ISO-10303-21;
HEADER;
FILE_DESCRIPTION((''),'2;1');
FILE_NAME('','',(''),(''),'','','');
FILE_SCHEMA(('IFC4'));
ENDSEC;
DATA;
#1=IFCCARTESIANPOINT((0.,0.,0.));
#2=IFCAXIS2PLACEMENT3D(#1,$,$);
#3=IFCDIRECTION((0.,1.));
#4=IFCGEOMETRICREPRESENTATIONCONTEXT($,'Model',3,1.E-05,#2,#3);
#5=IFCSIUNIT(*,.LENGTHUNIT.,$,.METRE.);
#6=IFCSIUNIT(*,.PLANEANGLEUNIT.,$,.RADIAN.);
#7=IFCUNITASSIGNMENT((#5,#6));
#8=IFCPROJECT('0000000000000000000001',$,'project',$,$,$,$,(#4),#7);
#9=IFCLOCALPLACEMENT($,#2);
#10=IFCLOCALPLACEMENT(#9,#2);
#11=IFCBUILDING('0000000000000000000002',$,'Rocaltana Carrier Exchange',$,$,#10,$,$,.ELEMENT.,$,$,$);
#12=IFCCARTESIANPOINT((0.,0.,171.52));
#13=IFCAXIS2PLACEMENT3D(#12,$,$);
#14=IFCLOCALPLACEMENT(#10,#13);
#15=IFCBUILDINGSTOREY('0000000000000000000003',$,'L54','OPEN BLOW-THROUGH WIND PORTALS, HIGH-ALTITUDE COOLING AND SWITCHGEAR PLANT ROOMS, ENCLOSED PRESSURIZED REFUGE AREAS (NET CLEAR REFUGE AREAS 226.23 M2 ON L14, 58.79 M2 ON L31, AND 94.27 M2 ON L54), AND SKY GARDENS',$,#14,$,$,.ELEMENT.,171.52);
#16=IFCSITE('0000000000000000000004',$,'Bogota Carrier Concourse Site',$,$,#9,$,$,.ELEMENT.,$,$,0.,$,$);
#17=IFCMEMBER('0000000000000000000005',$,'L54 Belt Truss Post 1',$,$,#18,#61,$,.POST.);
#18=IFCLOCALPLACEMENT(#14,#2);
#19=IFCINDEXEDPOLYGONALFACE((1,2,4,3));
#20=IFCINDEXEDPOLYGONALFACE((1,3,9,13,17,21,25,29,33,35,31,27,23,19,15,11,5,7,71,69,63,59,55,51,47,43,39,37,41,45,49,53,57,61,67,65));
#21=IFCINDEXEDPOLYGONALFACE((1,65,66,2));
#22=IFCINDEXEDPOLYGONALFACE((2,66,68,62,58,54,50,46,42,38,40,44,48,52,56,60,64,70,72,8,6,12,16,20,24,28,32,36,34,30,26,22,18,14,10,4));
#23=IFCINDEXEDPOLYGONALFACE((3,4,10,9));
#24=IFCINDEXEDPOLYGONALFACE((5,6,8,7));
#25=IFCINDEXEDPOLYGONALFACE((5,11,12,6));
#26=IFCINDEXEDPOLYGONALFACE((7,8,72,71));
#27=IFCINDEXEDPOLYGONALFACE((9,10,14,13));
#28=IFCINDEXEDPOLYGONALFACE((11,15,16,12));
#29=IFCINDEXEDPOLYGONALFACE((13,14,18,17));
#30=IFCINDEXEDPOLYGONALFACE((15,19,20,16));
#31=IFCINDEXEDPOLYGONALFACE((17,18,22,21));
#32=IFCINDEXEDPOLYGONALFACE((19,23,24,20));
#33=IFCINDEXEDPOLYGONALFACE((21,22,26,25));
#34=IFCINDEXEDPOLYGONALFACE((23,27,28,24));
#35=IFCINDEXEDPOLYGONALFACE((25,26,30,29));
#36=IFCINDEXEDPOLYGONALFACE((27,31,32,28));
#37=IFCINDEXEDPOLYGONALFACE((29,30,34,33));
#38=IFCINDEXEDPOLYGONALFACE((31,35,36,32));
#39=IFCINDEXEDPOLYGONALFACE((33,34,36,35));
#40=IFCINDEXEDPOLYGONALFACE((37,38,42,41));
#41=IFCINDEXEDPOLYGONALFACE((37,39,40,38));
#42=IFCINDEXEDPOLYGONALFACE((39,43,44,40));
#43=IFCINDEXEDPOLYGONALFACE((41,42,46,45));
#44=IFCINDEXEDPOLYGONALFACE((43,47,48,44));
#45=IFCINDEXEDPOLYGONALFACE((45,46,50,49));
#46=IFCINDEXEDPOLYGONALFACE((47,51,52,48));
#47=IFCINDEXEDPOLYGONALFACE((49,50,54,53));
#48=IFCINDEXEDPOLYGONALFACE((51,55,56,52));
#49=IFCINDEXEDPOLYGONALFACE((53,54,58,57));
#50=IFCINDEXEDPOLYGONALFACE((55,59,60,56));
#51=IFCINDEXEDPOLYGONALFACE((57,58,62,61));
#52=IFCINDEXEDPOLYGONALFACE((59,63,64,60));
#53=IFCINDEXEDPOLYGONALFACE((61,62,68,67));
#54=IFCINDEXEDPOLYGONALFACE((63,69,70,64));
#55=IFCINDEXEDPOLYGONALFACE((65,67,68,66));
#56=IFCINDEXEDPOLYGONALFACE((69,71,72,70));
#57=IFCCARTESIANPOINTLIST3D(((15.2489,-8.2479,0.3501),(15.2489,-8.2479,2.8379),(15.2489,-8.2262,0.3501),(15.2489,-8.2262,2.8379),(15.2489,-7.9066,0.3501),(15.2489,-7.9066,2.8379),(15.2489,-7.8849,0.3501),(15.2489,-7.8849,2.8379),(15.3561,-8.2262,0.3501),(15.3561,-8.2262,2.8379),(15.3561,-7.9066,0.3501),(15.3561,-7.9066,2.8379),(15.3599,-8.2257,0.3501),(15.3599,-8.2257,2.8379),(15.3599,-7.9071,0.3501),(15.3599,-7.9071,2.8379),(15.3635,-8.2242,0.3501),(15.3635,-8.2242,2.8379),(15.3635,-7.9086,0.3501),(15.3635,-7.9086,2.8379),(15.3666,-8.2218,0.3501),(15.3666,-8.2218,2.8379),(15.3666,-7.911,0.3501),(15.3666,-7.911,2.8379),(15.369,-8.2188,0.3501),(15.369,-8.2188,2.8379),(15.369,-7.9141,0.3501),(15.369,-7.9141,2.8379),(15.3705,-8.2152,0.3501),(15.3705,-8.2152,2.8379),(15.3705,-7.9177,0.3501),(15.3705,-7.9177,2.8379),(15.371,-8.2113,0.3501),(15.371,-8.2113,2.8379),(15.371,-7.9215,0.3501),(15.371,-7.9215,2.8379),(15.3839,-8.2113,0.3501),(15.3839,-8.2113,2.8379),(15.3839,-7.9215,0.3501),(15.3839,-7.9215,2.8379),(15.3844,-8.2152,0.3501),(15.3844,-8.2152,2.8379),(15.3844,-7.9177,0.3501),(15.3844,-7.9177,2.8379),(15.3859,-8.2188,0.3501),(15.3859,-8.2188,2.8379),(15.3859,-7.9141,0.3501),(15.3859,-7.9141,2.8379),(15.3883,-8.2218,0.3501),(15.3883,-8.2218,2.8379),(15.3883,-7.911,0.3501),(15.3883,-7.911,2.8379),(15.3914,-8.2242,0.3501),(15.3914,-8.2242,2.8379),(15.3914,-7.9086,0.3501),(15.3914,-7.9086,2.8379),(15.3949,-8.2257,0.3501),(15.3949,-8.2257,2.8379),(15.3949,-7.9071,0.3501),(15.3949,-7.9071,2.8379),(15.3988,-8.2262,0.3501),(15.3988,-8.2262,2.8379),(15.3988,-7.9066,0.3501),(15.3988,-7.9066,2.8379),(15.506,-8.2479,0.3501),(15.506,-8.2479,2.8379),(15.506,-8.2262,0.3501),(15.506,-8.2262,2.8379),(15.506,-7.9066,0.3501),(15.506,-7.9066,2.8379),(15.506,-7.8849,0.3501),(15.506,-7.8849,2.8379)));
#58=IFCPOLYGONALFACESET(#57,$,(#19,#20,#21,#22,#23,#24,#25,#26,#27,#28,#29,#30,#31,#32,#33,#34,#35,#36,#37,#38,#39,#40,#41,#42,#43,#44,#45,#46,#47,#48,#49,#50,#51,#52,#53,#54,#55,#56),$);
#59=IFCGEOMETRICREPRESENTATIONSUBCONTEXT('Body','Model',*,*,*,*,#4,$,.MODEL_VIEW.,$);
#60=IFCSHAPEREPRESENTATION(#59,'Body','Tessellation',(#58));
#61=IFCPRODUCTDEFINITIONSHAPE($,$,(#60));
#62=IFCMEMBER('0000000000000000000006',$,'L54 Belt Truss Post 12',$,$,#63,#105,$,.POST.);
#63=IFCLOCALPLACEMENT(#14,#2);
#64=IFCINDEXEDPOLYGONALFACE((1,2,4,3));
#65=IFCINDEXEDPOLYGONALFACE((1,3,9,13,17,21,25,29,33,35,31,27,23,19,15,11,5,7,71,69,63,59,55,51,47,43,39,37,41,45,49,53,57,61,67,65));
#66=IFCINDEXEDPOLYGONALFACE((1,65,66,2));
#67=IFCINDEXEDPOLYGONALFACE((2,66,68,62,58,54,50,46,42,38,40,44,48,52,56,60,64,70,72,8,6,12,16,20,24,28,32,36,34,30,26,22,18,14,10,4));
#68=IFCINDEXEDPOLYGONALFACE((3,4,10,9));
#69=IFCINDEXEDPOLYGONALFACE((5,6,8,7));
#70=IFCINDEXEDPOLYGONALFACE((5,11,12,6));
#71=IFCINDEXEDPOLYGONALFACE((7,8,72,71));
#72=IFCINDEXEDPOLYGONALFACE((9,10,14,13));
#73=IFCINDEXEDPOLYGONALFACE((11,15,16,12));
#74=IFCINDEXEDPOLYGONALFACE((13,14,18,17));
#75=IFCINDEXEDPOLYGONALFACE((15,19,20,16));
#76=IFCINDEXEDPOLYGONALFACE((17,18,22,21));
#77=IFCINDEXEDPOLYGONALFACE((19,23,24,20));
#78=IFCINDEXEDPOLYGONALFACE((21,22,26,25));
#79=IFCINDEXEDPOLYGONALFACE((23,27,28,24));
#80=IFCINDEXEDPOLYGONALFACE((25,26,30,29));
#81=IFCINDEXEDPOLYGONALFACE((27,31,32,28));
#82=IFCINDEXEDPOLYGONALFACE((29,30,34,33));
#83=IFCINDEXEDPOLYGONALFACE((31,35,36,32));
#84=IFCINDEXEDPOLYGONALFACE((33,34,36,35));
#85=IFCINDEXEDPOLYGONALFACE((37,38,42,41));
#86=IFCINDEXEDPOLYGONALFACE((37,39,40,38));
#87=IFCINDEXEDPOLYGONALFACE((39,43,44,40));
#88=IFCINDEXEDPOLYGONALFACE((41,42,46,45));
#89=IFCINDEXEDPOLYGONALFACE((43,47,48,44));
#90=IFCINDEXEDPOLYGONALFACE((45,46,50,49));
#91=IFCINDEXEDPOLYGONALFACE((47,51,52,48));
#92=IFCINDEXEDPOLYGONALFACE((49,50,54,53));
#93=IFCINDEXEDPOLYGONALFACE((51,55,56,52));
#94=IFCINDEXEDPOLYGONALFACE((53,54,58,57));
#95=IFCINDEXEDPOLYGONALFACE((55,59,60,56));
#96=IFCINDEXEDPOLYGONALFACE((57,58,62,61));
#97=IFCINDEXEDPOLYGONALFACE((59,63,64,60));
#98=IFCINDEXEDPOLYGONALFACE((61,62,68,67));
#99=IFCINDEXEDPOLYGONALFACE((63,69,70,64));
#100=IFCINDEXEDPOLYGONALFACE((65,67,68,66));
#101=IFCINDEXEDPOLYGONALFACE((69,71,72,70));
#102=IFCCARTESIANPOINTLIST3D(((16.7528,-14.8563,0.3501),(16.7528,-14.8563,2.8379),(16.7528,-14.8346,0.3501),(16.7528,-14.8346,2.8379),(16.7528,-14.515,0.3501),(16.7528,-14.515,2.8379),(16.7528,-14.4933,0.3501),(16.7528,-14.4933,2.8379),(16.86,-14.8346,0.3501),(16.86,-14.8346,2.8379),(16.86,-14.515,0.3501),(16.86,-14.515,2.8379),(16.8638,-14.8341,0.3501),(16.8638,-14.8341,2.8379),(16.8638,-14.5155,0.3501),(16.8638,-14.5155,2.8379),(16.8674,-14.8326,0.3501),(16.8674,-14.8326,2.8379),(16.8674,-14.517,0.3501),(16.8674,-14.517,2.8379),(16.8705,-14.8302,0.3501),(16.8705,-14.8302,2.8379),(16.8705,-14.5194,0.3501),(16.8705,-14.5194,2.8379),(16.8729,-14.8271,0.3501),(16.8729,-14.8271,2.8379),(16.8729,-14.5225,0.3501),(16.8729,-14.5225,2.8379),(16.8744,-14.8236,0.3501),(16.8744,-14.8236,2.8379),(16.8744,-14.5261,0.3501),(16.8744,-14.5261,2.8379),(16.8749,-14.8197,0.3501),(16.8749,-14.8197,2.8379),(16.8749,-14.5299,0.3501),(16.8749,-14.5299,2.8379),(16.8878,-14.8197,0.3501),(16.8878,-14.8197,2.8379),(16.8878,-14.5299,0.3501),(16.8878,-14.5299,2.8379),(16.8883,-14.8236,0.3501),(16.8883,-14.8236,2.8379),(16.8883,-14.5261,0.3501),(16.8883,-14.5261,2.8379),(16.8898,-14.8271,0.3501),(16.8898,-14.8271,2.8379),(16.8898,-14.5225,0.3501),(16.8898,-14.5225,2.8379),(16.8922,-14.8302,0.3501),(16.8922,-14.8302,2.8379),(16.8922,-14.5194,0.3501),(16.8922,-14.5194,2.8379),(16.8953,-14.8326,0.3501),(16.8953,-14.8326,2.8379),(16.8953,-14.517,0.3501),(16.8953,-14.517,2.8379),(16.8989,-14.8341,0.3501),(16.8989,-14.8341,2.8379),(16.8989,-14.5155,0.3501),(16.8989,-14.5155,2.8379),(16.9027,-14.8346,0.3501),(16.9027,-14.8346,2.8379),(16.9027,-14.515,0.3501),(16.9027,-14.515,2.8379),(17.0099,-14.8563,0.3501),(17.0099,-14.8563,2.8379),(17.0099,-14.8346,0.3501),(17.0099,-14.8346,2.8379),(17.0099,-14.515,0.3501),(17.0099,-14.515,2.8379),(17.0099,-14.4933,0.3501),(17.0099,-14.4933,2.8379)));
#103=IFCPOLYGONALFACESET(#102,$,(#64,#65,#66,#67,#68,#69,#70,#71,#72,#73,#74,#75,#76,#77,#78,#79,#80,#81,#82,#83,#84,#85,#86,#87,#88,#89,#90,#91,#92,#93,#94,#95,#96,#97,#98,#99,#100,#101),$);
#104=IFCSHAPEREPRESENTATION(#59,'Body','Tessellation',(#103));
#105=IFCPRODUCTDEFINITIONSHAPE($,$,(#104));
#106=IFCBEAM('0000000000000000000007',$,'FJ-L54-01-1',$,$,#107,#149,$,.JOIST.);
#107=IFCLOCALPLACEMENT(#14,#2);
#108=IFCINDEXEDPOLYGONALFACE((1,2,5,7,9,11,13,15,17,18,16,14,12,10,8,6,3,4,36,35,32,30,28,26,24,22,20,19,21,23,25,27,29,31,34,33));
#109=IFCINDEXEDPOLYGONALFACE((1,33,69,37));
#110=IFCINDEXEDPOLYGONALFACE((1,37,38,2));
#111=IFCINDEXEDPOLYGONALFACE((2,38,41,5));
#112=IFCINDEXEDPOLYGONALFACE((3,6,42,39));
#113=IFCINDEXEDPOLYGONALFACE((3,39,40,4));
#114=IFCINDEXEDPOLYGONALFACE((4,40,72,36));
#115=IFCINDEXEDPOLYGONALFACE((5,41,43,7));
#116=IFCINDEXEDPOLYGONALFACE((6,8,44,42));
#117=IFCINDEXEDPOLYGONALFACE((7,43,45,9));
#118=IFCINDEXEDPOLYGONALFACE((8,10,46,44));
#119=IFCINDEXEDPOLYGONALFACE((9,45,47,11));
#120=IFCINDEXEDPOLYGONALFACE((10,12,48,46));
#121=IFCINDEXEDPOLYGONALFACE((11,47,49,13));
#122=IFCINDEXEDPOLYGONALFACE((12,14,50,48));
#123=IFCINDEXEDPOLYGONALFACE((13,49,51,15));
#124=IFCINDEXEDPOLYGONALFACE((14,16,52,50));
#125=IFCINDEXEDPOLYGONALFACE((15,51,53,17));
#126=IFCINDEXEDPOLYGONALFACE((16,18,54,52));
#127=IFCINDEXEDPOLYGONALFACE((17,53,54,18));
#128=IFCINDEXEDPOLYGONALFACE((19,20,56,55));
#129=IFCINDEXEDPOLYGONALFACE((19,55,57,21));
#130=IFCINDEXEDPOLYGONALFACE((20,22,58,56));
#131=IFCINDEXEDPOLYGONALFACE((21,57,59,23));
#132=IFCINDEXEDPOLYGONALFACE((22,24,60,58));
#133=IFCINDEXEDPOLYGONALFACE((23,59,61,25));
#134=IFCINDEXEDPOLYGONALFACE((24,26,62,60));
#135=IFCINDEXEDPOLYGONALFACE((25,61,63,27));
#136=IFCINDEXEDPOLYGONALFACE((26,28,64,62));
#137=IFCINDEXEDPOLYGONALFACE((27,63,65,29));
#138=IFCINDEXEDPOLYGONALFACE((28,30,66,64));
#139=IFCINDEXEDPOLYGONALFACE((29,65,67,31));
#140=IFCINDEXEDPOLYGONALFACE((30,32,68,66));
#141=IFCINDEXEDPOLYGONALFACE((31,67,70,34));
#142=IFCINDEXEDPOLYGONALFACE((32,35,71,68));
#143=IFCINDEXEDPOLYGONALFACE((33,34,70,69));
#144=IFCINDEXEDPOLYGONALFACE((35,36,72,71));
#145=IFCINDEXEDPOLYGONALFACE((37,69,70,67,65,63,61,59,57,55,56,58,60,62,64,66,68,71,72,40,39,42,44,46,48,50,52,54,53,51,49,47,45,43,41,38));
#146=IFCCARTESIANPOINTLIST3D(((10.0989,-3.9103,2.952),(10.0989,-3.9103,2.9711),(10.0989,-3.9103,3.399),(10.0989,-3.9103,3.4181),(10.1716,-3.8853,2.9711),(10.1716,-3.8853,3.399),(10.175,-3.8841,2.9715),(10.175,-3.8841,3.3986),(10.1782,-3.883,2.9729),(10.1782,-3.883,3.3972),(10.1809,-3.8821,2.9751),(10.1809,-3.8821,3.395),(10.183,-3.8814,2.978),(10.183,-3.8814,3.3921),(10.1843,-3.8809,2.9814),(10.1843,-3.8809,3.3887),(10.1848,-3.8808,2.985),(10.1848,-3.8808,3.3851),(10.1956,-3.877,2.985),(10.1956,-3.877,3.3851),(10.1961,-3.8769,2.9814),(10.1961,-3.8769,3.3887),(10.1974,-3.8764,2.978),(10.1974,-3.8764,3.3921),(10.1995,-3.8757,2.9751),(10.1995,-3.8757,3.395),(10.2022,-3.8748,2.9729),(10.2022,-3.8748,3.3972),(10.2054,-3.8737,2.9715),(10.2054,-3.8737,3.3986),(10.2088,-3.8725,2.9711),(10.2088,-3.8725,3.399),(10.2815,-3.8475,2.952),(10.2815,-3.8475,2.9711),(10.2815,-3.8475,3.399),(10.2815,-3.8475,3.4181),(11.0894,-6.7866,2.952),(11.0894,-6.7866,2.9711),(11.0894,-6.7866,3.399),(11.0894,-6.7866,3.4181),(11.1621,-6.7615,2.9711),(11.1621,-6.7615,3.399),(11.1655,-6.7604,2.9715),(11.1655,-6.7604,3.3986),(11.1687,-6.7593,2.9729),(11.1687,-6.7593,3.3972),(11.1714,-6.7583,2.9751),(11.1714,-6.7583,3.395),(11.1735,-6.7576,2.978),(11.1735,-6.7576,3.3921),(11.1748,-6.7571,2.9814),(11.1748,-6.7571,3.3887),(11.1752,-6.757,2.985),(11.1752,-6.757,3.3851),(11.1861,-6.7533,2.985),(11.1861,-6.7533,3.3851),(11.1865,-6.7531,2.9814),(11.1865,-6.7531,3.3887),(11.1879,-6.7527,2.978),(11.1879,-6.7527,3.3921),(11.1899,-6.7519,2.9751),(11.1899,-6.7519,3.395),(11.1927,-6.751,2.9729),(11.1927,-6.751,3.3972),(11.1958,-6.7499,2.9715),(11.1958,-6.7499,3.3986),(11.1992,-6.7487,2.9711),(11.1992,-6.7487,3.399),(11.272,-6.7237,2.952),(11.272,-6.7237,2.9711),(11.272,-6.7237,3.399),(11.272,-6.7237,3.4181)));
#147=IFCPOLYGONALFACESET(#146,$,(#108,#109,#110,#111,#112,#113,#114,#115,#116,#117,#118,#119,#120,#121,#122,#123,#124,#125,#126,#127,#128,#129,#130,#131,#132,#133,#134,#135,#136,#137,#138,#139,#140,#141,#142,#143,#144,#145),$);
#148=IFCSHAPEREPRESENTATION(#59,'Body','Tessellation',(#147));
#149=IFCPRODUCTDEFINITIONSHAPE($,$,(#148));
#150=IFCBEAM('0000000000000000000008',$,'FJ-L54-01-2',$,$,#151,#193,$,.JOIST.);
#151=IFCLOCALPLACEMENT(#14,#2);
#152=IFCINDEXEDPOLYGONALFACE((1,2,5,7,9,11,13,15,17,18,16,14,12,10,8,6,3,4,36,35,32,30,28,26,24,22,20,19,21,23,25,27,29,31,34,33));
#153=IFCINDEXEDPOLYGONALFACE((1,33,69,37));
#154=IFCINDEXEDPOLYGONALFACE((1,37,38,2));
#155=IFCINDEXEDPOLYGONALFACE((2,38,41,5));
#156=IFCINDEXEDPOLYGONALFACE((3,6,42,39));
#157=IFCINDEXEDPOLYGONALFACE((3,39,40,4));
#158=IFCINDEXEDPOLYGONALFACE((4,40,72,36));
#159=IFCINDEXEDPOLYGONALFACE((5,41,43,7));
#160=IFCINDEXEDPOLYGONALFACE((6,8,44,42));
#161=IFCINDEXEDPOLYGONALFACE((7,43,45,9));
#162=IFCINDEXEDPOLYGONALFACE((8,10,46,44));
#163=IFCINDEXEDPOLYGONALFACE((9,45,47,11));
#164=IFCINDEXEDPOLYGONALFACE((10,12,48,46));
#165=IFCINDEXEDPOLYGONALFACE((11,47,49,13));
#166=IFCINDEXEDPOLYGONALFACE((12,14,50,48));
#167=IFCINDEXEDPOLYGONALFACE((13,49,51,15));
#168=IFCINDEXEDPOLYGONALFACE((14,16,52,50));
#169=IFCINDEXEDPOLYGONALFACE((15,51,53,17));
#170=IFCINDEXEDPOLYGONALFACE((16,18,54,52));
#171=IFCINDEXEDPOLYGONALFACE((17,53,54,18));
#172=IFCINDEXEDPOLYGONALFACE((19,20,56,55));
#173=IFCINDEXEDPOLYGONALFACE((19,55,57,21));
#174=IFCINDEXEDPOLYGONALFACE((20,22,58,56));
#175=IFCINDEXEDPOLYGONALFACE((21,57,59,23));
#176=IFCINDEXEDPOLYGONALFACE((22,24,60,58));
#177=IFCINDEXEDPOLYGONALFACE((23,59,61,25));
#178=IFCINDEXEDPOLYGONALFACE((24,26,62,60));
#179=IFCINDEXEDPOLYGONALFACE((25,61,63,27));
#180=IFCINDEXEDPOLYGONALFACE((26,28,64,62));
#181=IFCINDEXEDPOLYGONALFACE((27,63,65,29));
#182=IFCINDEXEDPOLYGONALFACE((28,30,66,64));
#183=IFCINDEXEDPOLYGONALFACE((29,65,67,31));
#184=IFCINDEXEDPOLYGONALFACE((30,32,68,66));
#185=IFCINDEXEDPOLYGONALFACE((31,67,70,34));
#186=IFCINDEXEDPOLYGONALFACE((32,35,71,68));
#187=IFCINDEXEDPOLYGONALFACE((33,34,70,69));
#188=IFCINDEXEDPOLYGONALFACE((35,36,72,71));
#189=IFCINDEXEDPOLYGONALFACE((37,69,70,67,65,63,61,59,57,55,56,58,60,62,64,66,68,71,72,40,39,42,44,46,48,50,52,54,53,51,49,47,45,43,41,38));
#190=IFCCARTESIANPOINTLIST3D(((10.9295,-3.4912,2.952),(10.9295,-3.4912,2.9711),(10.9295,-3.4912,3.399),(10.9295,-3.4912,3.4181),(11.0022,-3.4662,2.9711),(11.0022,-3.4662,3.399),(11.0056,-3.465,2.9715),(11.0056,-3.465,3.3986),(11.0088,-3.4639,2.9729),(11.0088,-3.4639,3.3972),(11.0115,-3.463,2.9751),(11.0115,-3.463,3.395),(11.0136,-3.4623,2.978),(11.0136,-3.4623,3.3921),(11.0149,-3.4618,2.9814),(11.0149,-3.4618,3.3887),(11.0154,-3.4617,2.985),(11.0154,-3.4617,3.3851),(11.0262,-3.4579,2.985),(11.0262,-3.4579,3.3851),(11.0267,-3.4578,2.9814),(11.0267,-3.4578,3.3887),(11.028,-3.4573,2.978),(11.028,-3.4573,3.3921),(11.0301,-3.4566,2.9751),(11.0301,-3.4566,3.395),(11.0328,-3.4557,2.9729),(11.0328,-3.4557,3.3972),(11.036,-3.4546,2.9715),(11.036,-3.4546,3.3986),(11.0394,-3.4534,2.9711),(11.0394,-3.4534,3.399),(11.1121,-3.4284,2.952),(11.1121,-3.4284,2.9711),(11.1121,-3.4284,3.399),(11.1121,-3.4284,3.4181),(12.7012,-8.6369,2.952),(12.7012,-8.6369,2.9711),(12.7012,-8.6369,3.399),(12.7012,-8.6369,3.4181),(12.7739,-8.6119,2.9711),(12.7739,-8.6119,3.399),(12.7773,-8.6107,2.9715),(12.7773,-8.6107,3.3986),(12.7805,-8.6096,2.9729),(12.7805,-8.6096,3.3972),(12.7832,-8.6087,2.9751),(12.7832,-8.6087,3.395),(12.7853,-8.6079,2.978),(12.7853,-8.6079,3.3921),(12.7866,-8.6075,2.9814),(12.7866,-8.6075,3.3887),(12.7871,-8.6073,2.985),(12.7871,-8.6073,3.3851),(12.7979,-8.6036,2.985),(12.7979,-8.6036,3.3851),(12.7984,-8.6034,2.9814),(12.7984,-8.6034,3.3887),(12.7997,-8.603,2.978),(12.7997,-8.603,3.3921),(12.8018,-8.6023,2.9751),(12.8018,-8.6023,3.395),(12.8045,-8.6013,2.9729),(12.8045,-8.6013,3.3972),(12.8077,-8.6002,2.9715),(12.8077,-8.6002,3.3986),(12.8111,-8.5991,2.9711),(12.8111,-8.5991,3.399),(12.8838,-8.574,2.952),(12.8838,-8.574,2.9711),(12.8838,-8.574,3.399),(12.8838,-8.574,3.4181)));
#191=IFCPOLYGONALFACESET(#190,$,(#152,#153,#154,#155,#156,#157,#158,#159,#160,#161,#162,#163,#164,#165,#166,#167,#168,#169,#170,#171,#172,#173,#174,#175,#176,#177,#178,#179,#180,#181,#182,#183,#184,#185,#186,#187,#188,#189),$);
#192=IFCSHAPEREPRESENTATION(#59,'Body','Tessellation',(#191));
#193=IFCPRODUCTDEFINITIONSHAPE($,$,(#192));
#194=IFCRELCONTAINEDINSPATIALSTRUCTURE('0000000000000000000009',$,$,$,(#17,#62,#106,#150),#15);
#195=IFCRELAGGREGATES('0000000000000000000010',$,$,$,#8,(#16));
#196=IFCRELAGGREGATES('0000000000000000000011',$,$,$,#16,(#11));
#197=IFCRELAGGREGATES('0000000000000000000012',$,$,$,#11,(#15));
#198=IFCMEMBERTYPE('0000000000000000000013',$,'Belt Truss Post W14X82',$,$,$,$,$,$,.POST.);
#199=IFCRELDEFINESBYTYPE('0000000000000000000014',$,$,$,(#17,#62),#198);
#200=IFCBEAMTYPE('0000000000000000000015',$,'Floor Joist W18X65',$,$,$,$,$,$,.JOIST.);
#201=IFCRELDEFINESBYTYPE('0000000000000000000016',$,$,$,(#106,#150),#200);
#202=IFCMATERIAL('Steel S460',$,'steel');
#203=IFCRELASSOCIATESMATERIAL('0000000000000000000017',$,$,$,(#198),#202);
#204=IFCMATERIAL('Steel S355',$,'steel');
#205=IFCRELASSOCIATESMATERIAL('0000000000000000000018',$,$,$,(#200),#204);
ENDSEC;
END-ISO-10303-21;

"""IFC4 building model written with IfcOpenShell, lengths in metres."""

from ifc_helpers import new_model, si_unit, direction, frame, origin, origin_2d, place, context, subcontext, project, spatial, i_section, extrude, material, material_profile, profile_set, type_object, element, save


model = new_model("IFC4")

# Units and contexts
model_context = context("Model", 3, precision=1e-05, world=origin(), true_north=direction((0.0, 1.0)))
body_context = subcontext(model_context, "Body", "Model", "MODEL_VIEW")
ifc_project = project(units=[si_unit("LENGTHUNIT", "METRE"), si_unit("PLANEANGLEUNIT", "RADIAN")], contexts=[model_context])

# Site, building, storey
site_placement = place(None, origin())
site = spatial("IfcSite", under=ifc_project, at=site_placement, Name="Bogota Carrier Concourse Site", CompositionType="ELEMENT", RefElevation=0.0)
building_placement = place(site_placement, origin())
building = spatial("IfcBuilding", under=site, at=building_placement, Name="Rocaltana Carrier Exchange", CompositionType="ELEMENT")
storey_placement = place(building_placement, frame((0.0, 0.0, 171.52)))
storey = spatial("IfcBuildingStorey", under=building, at=storey_placement, Name="L54", Description="OPEN BLOW-THROUGH WIND PORTALS, HIGH-ALTITUDE COOLING AND SWITCHGEAR PLANT ROOMS, ENCLOSED PRESSURIZED REFUGE AREAS (NET CLEAR REFUGE AREAS 226.23 M2 ON L14, 58.79 M2 ON L31, AND 94.27 M2 ON L54), AND SKY GARDENS", CompositionType="ELEMENT", Elevation=171.52)

# Members
ifc_material_1 = material(Name="Steel S460", Category="steel")
ifc_material_profile_1 = material_profile(ifc_material_1, i_section(OverallWidth=0.2571, OverallDepth=0.363, WebThickness=0.0129, FlangeThickness=0.0217, FilletRadius=0.0149, at=origin_2d()), Name="W14X82")
ifc_profile_set_1 = profile_set([ifc_material_profile_1], Name="Steel S460")
member_type_1 = type_object("IfcMemberType", Name="Belt Truss Post W14X82", PredefinedType="POST", material=ifc_profile_set_1)
for number, where, z_axis, x_axis, name in (
    (1, (15.3774, -8.0664, 0.3501), (0.0, 0.0, 1.0), (1.0, 0.0, 0.0), "L54 Belt Truss Post 1"),
    (2, (16.8813, -14.6748, 0.3501), (0.0, 0.0, 1.0), (1.0, 0.0, 0.0), "L54 Belt Truss Post 12"),
):
    element("IfcMember", number, at=place(storey_placement, frame(where, z_axis=z_axis, x_axis=x_axis)), inside=storey, type_object=member_type_1, Name=name, PredefinedType="POST", context=body_context, shape_type="SweptSolid", body=[
        extrude(i_section(OverallWidth=0.2571, OverallDepth=0.363, WebThickness=0.0129, FlangeThickness=0.0217, FilletRadius=0.0149, at=origin_2d()), origin(), (0.0, 0.0, 1.0), 2.4878),
    ])

# Beams
ifc_material_2 = material(Name="Steel S355", Category="steel")
ifc_material_profile_2 = material_profile(ifc_material_2, i_section(OverallWidth=0.1931, OverallDepth=0.4661, WebThickness=0.0115, FlangeThickness=0.019, FilletRadius=0.0139, at=origin_2d()), Name="W18X65")
ifc_profile_set_2 = profile_set([ifc_material_profile_2], Name="Steel S355")
beam_type_1 = type_object("IfcBeamType", Name="Floor Joist W18X65", PredefinedType="JOIST", material=ifc_profile_set_2)
beam_1_placement = place(storey_placement, frame((11.1807, -6.7551, 3.1851), z_axis=(-0.325602, 0.945507, 0.0), x_axis=(-0.945507, -0.325602, 0.0)))
element("IfcBeam", 3, at=beam_1_placement, inside=storey, type_object=beam_type_1, Name="FJ-L54-01-1", PredefinedType="JOIST", context=body_context, shape_type="SweptSolid", body=[
    extrude(i_section(OverallWidth=0.1931, OverallDepth=0.4661, WebThickness=0.0115, FlangeThickness=0.019, FilletRadius=0.0139, at=origin_2d()), origin(), (0.0, 0.0, 1.0), 3.042),
])
beam_2_placement = place(storey_placement, frame((12.7925, -8.6055, 3.1851), z_axis=(-0.325552, 0.945524, 0.0), x_axis=(-0.945524, -0.325552, 0.0)))
element("IfcBeam", 4, at=beam_2_placement, inside=storey, type_object=beam_type_1, Name="FJ-L54-01-2", PredefinedType="JOIST", context=body_context, shape_type="SweptSolid", body=[
    extrude(i_section(OverallWidth=0.1931, OverallDepth=0.4661, WebThickness=0.0115, FlangeThickness=0.019, FilletRadius=0.0139, at=origin_2d()), origin(), (0.0, 0.0, 1.0), 5.4421),
])

save(model, "model.ifc")
